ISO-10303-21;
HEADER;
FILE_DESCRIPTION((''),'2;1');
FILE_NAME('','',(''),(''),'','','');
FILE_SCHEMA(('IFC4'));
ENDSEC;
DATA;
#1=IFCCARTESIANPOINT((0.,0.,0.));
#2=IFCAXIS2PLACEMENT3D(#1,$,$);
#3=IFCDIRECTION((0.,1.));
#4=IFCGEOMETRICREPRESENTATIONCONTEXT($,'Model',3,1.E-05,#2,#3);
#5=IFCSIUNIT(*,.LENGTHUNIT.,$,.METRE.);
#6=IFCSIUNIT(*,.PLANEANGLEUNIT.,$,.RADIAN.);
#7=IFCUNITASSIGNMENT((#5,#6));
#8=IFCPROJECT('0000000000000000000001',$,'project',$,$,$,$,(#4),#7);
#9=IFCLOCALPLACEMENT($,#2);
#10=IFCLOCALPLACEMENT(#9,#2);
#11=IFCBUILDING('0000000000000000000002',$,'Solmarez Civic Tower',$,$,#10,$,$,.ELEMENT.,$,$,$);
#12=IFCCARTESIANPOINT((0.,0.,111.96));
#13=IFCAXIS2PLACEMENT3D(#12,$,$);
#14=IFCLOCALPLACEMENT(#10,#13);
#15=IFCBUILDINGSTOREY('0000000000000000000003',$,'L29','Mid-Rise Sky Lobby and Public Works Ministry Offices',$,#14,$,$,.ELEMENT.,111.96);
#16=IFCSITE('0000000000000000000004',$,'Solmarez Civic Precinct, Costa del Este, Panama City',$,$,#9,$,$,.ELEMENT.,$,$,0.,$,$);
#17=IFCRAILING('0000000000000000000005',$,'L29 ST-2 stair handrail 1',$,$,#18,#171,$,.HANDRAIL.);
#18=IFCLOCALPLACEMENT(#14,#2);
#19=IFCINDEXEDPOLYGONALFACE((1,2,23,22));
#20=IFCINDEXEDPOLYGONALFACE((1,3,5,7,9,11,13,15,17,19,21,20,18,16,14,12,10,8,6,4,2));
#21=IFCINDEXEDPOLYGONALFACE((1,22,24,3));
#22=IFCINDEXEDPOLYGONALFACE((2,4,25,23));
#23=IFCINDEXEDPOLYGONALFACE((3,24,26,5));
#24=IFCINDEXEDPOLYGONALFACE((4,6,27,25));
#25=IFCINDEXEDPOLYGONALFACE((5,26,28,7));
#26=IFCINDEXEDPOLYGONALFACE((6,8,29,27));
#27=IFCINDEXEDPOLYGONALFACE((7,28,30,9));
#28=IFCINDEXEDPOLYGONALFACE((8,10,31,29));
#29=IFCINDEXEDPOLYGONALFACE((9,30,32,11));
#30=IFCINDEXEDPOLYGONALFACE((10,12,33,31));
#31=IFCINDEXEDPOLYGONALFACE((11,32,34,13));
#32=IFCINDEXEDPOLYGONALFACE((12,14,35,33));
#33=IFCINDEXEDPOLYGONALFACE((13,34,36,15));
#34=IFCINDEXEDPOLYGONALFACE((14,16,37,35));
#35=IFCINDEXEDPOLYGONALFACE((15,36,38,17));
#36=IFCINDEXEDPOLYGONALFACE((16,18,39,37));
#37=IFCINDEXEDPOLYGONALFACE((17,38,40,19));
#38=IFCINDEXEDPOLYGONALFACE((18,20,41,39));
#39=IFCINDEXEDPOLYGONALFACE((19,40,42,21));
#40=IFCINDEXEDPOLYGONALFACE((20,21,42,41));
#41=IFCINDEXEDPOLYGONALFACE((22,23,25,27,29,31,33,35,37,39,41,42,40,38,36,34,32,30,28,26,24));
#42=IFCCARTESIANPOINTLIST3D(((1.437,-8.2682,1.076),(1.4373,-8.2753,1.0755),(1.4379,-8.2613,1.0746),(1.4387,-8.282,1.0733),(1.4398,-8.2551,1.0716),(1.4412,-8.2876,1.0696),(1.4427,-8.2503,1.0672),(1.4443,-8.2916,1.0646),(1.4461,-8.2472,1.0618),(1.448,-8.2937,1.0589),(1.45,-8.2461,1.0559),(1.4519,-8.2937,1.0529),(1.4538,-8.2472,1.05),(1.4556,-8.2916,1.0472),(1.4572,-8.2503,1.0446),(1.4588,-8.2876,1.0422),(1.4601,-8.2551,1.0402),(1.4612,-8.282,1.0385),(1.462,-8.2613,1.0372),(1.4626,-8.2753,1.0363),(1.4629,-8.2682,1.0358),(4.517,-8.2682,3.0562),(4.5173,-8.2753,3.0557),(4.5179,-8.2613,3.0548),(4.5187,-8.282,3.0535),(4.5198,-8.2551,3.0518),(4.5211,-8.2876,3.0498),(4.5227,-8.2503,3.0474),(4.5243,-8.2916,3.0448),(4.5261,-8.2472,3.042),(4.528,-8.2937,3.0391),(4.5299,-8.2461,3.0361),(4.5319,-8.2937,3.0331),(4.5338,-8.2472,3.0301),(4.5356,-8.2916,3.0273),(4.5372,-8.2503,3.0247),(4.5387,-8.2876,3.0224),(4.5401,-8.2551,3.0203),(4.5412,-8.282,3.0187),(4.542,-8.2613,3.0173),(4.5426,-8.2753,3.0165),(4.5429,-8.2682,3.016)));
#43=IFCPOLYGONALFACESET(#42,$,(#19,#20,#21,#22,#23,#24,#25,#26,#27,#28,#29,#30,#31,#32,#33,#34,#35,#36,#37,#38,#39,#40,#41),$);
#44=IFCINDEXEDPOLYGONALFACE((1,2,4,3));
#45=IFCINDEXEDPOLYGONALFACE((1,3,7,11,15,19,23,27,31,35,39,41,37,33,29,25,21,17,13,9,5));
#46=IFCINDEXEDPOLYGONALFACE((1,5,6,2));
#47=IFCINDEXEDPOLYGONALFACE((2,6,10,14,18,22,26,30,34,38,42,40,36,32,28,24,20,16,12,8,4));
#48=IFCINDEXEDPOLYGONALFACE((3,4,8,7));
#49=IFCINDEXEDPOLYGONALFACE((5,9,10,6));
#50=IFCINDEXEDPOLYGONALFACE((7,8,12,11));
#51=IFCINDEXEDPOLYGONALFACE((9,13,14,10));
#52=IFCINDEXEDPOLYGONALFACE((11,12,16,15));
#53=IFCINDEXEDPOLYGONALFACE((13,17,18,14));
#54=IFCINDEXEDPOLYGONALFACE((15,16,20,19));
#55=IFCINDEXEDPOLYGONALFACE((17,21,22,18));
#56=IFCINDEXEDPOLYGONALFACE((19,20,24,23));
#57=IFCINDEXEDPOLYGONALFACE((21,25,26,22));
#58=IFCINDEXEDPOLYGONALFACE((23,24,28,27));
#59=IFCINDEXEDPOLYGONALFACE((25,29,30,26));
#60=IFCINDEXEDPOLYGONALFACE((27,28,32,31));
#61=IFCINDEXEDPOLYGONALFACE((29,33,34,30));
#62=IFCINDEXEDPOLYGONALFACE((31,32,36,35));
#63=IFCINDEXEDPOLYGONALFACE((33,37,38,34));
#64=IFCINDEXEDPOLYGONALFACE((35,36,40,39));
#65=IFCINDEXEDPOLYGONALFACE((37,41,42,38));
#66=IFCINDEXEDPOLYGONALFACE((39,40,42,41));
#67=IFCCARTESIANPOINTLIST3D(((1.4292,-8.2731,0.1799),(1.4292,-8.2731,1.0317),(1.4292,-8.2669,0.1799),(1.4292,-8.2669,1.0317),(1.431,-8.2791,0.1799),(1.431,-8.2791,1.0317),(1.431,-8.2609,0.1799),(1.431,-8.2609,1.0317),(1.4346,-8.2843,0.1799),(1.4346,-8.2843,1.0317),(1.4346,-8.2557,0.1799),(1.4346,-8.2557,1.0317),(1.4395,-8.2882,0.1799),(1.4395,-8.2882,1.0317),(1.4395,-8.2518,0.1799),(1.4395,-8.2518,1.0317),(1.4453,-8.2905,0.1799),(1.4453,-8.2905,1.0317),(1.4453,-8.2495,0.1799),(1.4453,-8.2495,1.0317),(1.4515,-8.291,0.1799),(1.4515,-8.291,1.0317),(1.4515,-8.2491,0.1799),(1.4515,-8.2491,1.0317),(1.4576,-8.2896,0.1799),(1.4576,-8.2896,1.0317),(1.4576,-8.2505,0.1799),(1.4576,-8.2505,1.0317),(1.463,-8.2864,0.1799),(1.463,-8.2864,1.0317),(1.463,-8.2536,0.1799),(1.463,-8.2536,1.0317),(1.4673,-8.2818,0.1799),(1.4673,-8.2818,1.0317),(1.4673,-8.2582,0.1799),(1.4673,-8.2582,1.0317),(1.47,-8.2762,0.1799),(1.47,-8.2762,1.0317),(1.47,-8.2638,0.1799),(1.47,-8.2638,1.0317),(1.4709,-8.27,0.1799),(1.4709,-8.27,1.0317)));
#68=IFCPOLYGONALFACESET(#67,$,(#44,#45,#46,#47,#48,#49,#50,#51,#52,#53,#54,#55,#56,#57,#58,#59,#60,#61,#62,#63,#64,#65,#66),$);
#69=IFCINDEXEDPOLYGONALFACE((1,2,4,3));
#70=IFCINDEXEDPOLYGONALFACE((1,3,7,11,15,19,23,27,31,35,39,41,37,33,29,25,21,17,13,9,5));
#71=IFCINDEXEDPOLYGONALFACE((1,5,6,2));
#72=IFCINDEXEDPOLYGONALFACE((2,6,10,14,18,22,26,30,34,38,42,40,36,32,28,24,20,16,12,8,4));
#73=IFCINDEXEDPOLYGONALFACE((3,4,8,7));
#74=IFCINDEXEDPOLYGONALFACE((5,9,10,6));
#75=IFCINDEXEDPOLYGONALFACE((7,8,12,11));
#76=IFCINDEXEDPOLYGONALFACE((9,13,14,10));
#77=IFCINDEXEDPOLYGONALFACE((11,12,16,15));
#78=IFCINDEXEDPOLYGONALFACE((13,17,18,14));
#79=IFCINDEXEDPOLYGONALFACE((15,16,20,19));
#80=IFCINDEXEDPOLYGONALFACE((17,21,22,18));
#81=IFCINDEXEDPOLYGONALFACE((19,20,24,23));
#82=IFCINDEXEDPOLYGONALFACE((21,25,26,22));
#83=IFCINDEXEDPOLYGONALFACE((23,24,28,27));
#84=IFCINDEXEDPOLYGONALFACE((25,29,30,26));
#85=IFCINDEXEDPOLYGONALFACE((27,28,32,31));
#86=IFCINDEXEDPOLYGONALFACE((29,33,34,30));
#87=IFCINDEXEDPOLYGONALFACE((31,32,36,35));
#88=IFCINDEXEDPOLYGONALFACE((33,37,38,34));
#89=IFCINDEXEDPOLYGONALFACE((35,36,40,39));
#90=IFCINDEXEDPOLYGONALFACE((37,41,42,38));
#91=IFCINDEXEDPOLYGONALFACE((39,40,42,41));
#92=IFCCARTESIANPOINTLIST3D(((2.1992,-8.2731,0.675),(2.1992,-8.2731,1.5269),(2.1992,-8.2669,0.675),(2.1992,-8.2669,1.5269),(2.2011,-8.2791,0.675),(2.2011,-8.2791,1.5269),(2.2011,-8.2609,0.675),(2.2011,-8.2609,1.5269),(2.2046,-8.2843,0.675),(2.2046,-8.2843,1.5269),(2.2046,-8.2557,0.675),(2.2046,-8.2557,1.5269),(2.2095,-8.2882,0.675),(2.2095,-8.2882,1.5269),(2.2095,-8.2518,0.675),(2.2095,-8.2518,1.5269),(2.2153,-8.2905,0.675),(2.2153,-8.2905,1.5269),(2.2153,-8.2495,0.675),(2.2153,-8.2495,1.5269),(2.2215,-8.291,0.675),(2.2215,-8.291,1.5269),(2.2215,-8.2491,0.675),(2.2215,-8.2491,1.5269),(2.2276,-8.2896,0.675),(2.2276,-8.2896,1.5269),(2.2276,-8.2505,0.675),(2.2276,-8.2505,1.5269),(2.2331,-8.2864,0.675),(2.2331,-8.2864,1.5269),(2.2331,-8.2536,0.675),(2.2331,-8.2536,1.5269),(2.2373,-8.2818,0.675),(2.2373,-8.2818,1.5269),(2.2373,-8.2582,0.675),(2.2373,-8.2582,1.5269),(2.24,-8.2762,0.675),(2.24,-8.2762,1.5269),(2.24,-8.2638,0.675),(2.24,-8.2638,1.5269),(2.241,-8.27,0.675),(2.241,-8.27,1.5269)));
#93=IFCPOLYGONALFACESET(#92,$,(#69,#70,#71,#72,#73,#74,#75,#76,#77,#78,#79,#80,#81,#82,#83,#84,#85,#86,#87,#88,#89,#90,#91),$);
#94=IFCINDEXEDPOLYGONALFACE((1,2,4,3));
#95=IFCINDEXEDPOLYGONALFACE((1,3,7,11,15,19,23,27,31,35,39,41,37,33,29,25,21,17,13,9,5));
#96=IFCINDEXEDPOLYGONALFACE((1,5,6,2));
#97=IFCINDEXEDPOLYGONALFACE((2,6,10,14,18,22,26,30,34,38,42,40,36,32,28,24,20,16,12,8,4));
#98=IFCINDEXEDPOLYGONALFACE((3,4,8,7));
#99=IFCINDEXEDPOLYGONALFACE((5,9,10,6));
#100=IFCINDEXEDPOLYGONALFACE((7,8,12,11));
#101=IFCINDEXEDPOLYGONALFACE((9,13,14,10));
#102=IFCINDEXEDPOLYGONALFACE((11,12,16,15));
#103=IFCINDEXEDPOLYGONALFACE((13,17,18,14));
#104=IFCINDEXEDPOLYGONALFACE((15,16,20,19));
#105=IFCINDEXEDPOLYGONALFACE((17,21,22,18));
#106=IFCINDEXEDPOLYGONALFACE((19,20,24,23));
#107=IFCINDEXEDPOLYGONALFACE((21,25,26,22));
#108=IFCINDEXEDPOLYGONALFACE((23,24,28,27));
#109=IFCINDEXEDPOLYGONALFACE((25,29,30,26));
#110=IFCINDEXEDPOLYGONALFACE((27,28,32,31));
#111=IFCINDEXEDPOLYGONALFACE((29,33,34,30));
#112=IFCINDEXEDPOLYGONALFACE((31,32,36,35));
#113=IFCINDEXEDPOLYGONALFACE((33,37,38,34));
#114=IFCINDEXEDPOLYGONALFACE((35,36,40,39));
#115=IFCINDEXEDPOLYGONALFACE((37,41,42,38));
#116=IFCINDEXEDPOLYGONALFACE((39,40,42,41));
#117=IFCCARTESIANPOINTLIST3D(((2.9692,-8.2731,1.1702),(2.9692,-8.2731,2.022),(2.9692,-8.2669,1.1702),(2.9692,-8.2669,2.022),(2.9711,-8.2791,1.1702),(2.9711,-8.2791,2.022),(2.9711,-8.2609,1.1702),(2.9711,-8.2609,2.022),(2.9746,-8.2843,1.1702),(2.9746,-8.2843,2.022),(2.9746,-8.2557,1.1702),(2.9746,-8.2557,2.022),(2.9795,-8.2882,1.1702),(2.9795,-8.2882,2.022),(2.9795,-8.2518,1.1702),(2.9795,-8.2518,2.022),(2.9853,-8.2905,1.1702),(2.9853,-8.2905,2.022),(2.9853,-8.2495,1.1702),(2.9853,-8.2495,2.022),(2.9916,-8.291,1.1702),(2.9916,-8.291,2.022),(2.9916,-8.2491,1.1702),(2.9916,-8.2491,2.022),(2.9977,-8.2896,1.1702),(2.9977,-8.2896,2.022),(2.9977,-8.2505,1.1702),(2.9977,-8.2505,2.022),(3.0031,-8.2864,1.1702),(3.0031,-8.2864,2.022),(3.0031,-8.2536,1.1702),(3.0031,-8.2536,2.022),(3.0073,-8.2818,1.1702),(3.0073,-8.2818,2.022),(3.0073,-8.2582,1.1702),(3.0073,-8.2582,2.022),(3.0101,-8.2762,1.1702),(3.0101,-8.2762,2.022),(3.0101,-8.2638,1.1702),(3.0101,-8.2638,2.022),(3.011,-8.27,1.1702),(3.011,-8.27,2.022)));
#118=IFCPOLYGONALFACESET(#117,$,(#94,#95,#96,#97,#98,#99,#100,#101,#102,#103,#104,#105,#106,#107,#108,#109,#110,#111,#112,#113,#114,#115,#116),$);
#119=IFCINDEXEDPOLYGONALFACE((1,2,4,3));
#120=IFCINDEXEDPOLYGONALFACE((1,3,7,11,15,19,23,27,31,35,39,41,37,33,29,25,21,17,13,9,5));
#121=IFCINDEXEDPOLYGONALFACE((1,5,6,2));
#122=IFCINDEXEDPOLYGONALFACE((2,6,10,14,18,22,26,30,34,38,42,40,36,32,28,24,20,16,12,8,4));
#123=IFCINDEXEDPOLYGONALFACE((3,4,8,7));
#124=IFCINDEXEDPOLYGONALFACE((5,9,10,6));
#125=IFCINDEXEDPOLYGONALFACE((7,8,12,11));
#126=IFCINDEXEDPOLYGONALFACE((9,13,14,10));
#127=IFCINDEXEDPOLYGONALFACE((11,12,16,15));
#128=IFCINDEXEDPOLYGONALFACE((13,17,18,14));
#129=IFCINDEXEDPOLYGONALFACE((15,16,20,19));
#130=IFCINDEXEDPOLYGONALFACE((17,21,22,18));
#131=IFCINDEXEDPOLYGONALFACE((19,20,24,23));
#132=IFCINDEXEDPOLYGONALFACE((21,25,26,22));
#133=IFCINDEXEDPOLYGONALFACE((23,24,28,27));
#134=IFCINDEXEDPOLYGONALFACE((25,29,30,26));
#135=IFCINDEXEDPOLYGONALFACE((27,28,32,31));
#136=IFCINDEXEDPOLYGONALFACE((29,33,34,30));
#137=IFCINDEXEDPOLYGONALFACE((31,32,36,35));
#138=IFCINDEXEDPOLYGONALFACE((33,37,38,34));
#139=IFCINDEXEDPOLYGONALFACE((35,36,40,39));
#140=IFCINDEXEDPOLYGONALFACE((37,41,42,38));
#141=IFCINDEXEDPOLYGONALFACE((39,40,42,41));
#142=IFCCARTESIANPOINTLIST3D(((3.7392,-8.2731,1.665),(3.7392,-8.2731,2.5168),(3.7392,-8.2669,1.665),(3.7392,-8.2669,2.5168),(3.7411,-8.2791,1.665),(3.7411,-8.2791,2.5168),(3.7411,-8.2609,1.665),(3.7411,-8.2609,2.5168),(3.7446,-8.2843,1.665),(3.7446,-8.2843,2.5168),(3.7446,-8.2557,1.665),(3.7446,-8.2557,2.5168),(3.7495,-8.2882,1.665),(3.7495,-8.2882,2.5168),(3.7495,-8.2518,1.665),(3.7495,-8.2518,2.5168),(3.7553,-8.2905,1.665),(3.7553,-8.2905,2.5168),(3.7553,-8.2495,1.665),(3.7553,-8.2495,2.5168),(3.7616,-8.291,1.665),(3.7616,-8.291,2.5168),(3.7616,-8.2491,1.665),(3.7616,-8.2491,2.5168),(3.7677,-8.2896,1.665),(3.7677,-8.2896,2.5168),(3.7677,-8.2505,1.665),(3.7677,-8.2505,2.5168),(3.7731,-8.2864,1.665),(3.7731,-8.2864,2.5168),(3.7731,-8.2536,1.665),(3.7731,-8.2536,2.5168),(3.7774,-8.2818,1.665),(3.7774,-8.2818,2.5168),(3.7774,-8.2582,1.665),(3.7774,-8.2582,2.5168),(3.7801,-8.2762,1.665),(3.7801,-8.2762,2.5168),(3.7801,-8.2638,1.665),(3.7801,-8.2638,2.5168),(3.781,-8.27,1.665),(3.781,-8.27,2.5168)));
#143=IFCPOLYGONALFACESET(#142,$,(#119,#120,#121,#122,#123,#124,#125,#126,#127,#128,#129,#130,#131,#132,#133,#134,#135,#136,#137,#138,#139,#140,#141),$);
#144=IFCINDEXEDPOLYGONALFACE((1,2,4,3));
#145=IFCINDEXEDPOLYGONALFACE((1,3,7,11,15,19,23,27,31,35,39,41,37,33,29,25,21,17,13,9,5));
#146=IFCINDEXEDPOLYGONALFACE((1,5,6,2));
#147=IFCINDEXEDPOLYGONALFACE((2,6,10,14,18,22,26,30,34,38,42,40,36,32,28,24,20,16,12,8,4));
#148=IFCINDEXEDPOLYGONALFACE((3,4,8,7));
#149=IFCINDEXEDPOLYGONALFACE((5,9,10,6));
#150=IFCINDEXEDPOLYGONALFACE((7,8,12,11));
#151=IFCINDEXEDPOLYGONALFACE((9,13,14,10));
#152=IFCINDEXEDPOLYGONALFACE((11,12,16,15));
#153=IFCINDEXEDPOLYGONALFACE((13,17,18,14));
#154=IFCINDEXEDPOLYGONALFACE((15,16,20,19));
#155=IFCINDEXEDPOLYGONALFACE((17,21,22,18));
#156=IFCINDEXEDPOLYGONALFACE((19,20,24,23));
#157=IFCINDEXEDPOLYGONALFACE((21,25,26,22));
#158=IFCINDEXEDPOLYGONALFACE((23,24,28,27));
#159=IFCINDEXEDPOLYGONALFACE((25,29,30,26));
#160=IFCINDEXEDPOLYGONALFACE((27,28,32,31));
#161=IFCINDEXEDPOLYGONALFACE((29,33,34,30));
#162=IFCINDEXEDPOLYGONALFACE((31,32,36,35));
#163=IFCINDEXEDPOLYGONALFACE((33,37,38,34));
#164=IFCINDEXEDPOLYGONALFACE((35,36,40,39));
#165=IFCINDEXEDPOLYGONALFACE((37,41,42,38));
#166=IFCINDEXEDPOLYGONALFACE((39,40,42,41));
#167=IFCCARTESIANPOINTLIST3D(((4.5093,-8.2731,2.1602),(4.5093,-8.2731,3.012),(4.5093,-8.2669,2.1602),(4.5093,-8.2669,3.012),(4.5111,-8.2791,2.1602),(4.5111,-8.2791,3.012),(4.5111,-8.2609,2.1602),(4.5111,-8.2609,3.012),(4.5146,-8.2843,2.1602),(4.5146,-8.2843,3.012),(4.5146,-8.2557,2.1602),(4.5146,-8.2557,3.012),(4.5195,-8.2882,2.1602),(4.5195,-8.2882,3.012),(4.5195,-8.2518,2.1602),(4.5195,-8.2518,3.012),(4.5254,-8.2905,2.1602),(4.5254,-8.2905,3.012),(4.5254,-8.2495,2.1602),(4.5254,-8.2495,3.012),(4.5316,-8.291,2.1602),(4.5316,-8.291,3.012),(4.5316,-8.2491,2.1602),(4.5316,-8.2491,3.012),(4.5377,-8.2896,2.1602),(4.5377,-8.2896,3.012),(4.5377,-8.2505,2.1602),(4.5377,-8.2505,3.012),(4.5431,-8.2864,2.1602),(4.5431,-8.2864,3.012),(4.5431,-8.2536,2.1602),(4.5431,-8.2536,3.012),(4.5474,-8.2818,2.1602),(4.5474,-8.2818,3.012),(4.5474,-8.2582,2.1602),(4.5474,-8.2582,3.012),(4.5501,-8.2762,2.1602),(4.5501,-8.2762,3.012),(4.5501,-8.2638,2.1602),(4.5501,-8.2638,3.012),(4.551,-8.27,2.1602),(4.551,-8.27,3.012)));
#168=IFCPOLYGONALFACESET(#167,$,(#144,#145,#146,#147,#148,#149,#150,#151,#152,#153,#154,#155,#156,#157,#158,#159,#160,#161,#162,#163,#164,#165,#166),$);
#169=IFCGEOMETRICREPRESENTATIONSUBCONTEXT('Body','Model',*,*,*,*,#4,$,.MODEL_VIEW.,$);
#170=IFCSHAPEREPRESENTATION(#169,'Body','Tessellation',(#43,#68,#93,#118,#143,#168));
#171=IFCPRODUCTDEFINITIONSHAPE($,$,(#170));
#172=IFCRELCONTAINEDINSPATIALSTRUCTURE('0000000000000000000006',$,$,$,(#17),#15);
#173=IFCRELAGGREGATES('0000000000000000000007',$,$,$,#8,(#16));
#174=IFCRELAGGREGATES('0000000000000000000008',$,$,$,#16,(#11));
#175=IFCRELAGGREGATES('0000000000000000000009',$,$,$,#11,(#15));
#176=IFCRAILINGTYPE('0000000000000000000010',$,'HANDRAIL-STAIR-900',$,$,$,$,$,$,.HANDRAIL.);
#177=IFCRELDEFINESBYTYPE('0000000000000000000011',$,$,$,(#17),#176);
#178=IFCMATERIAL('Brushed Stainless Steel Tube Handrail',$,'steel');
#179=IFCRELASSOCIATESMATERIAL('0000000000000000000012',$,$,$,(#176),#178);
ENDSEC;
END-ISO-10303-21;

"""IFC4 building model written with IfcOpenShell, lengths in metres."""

from ifc_helpers import new_model, si_unit, direction, frame, origin, origin_2d, place, context, subcontext, project, spatial, circle, extrude, material, type_object, element, save


model = new_model("IFC4")

# Units and contexts
model_context = context("Model", 3, precision=1e-05, world=origin(), true_north=direction((0.0, 1.0)))
body_context = subcontext(model_context, "Body", "Model", "MODEL_VIEW")
ifc_project = project(units=[si_unit("LENGTHUNIT", "METRE"), si_unit("PLANEANGLEUNIT", "RADIAN")], contexts=[model_context])

# Site, building, storey
site_placement = place(None, origin())
site = spatial("IfcSite", under=ifc_project, at=site_placement, Name="Solmarez Civic Precinct, Costa del Este, Panama City", CompositionType="ELEMENT", RefElevation=0.0)
building_placement = place(site_placement, origin())
building = spatial("IfcBuilding", under=site, at=building_placement, Name="Solmarez Civic Tower", CompositionType="ELEMENT")
storey_placement = place(building_placement, frame((0.0, 0.0, 111.96)))
storey = spatial("IfcBuildingStorey", under=building, at=storey_placement, Name="L29", Description="Mid-Rise Sky Lobby and Public Works Ministry Offices", CompositionType="ELEMENT", Elevation=111.96)

# Railing
ifc_material_1 = material(Name="Brushed Stainless Steel Tube Handrail", Category="steel")
railing_type_1 = type_object("IfcRailingType", Name="HANDRAIL-STAIR-900", PredefinedType="HANDRAIL", material=ifc_material_1)
railing_1_placement = place(storey_placement, frame((1.45, -8.27, 0.1799)))
element("IfcRailing", 1, at=railing_1_placement, inside=storey, type_object=railing_type_1, Name="L29 ST-2 stair handrail 1", PredefinedType="HANDRAIL", context=body_context, shape_type="SweptSolid", body=[
    extrude(circle(Radius=0.0239, at=origin_2d()), frame((0.0, 0.0, 0.876), z_axis=(0.841157, 0.0, 0.540791), x_axis=(0.0, 1.0, 0.0)), (0.0, 0.0, 1.0), 3.6616),
    extrude(circle(Radius=0.021, at=origin_2d()), origin(), (0.0, 0.0, 1.0), 0.8518),
    extrude(circle(Radius=0.021, at=origin_2d()), frame((0.77, 0.0, 0.4951)), (0.0, 0.0, 1.0), 0.8518),
    extrude(circle(Radius=0.021, at=origin_2d()), frame((1.54, 0.0, 0.9902)), (0.0, 0.0, 1.0), 0.8518),
    extrude(circle(Radius=0.021, at=origin_2d()), frame((2.3101, 0.0, 1.4851)), (0.0, 0.0, 1.0), 0.8518),
    extrude(circle(Radius=0.021, at=origin_2d()), frame((3.0801, 0.0, 1.9802)), (0.0, 0.0, 1.0), 0.8518),
])

save(model, "model.ifc")
